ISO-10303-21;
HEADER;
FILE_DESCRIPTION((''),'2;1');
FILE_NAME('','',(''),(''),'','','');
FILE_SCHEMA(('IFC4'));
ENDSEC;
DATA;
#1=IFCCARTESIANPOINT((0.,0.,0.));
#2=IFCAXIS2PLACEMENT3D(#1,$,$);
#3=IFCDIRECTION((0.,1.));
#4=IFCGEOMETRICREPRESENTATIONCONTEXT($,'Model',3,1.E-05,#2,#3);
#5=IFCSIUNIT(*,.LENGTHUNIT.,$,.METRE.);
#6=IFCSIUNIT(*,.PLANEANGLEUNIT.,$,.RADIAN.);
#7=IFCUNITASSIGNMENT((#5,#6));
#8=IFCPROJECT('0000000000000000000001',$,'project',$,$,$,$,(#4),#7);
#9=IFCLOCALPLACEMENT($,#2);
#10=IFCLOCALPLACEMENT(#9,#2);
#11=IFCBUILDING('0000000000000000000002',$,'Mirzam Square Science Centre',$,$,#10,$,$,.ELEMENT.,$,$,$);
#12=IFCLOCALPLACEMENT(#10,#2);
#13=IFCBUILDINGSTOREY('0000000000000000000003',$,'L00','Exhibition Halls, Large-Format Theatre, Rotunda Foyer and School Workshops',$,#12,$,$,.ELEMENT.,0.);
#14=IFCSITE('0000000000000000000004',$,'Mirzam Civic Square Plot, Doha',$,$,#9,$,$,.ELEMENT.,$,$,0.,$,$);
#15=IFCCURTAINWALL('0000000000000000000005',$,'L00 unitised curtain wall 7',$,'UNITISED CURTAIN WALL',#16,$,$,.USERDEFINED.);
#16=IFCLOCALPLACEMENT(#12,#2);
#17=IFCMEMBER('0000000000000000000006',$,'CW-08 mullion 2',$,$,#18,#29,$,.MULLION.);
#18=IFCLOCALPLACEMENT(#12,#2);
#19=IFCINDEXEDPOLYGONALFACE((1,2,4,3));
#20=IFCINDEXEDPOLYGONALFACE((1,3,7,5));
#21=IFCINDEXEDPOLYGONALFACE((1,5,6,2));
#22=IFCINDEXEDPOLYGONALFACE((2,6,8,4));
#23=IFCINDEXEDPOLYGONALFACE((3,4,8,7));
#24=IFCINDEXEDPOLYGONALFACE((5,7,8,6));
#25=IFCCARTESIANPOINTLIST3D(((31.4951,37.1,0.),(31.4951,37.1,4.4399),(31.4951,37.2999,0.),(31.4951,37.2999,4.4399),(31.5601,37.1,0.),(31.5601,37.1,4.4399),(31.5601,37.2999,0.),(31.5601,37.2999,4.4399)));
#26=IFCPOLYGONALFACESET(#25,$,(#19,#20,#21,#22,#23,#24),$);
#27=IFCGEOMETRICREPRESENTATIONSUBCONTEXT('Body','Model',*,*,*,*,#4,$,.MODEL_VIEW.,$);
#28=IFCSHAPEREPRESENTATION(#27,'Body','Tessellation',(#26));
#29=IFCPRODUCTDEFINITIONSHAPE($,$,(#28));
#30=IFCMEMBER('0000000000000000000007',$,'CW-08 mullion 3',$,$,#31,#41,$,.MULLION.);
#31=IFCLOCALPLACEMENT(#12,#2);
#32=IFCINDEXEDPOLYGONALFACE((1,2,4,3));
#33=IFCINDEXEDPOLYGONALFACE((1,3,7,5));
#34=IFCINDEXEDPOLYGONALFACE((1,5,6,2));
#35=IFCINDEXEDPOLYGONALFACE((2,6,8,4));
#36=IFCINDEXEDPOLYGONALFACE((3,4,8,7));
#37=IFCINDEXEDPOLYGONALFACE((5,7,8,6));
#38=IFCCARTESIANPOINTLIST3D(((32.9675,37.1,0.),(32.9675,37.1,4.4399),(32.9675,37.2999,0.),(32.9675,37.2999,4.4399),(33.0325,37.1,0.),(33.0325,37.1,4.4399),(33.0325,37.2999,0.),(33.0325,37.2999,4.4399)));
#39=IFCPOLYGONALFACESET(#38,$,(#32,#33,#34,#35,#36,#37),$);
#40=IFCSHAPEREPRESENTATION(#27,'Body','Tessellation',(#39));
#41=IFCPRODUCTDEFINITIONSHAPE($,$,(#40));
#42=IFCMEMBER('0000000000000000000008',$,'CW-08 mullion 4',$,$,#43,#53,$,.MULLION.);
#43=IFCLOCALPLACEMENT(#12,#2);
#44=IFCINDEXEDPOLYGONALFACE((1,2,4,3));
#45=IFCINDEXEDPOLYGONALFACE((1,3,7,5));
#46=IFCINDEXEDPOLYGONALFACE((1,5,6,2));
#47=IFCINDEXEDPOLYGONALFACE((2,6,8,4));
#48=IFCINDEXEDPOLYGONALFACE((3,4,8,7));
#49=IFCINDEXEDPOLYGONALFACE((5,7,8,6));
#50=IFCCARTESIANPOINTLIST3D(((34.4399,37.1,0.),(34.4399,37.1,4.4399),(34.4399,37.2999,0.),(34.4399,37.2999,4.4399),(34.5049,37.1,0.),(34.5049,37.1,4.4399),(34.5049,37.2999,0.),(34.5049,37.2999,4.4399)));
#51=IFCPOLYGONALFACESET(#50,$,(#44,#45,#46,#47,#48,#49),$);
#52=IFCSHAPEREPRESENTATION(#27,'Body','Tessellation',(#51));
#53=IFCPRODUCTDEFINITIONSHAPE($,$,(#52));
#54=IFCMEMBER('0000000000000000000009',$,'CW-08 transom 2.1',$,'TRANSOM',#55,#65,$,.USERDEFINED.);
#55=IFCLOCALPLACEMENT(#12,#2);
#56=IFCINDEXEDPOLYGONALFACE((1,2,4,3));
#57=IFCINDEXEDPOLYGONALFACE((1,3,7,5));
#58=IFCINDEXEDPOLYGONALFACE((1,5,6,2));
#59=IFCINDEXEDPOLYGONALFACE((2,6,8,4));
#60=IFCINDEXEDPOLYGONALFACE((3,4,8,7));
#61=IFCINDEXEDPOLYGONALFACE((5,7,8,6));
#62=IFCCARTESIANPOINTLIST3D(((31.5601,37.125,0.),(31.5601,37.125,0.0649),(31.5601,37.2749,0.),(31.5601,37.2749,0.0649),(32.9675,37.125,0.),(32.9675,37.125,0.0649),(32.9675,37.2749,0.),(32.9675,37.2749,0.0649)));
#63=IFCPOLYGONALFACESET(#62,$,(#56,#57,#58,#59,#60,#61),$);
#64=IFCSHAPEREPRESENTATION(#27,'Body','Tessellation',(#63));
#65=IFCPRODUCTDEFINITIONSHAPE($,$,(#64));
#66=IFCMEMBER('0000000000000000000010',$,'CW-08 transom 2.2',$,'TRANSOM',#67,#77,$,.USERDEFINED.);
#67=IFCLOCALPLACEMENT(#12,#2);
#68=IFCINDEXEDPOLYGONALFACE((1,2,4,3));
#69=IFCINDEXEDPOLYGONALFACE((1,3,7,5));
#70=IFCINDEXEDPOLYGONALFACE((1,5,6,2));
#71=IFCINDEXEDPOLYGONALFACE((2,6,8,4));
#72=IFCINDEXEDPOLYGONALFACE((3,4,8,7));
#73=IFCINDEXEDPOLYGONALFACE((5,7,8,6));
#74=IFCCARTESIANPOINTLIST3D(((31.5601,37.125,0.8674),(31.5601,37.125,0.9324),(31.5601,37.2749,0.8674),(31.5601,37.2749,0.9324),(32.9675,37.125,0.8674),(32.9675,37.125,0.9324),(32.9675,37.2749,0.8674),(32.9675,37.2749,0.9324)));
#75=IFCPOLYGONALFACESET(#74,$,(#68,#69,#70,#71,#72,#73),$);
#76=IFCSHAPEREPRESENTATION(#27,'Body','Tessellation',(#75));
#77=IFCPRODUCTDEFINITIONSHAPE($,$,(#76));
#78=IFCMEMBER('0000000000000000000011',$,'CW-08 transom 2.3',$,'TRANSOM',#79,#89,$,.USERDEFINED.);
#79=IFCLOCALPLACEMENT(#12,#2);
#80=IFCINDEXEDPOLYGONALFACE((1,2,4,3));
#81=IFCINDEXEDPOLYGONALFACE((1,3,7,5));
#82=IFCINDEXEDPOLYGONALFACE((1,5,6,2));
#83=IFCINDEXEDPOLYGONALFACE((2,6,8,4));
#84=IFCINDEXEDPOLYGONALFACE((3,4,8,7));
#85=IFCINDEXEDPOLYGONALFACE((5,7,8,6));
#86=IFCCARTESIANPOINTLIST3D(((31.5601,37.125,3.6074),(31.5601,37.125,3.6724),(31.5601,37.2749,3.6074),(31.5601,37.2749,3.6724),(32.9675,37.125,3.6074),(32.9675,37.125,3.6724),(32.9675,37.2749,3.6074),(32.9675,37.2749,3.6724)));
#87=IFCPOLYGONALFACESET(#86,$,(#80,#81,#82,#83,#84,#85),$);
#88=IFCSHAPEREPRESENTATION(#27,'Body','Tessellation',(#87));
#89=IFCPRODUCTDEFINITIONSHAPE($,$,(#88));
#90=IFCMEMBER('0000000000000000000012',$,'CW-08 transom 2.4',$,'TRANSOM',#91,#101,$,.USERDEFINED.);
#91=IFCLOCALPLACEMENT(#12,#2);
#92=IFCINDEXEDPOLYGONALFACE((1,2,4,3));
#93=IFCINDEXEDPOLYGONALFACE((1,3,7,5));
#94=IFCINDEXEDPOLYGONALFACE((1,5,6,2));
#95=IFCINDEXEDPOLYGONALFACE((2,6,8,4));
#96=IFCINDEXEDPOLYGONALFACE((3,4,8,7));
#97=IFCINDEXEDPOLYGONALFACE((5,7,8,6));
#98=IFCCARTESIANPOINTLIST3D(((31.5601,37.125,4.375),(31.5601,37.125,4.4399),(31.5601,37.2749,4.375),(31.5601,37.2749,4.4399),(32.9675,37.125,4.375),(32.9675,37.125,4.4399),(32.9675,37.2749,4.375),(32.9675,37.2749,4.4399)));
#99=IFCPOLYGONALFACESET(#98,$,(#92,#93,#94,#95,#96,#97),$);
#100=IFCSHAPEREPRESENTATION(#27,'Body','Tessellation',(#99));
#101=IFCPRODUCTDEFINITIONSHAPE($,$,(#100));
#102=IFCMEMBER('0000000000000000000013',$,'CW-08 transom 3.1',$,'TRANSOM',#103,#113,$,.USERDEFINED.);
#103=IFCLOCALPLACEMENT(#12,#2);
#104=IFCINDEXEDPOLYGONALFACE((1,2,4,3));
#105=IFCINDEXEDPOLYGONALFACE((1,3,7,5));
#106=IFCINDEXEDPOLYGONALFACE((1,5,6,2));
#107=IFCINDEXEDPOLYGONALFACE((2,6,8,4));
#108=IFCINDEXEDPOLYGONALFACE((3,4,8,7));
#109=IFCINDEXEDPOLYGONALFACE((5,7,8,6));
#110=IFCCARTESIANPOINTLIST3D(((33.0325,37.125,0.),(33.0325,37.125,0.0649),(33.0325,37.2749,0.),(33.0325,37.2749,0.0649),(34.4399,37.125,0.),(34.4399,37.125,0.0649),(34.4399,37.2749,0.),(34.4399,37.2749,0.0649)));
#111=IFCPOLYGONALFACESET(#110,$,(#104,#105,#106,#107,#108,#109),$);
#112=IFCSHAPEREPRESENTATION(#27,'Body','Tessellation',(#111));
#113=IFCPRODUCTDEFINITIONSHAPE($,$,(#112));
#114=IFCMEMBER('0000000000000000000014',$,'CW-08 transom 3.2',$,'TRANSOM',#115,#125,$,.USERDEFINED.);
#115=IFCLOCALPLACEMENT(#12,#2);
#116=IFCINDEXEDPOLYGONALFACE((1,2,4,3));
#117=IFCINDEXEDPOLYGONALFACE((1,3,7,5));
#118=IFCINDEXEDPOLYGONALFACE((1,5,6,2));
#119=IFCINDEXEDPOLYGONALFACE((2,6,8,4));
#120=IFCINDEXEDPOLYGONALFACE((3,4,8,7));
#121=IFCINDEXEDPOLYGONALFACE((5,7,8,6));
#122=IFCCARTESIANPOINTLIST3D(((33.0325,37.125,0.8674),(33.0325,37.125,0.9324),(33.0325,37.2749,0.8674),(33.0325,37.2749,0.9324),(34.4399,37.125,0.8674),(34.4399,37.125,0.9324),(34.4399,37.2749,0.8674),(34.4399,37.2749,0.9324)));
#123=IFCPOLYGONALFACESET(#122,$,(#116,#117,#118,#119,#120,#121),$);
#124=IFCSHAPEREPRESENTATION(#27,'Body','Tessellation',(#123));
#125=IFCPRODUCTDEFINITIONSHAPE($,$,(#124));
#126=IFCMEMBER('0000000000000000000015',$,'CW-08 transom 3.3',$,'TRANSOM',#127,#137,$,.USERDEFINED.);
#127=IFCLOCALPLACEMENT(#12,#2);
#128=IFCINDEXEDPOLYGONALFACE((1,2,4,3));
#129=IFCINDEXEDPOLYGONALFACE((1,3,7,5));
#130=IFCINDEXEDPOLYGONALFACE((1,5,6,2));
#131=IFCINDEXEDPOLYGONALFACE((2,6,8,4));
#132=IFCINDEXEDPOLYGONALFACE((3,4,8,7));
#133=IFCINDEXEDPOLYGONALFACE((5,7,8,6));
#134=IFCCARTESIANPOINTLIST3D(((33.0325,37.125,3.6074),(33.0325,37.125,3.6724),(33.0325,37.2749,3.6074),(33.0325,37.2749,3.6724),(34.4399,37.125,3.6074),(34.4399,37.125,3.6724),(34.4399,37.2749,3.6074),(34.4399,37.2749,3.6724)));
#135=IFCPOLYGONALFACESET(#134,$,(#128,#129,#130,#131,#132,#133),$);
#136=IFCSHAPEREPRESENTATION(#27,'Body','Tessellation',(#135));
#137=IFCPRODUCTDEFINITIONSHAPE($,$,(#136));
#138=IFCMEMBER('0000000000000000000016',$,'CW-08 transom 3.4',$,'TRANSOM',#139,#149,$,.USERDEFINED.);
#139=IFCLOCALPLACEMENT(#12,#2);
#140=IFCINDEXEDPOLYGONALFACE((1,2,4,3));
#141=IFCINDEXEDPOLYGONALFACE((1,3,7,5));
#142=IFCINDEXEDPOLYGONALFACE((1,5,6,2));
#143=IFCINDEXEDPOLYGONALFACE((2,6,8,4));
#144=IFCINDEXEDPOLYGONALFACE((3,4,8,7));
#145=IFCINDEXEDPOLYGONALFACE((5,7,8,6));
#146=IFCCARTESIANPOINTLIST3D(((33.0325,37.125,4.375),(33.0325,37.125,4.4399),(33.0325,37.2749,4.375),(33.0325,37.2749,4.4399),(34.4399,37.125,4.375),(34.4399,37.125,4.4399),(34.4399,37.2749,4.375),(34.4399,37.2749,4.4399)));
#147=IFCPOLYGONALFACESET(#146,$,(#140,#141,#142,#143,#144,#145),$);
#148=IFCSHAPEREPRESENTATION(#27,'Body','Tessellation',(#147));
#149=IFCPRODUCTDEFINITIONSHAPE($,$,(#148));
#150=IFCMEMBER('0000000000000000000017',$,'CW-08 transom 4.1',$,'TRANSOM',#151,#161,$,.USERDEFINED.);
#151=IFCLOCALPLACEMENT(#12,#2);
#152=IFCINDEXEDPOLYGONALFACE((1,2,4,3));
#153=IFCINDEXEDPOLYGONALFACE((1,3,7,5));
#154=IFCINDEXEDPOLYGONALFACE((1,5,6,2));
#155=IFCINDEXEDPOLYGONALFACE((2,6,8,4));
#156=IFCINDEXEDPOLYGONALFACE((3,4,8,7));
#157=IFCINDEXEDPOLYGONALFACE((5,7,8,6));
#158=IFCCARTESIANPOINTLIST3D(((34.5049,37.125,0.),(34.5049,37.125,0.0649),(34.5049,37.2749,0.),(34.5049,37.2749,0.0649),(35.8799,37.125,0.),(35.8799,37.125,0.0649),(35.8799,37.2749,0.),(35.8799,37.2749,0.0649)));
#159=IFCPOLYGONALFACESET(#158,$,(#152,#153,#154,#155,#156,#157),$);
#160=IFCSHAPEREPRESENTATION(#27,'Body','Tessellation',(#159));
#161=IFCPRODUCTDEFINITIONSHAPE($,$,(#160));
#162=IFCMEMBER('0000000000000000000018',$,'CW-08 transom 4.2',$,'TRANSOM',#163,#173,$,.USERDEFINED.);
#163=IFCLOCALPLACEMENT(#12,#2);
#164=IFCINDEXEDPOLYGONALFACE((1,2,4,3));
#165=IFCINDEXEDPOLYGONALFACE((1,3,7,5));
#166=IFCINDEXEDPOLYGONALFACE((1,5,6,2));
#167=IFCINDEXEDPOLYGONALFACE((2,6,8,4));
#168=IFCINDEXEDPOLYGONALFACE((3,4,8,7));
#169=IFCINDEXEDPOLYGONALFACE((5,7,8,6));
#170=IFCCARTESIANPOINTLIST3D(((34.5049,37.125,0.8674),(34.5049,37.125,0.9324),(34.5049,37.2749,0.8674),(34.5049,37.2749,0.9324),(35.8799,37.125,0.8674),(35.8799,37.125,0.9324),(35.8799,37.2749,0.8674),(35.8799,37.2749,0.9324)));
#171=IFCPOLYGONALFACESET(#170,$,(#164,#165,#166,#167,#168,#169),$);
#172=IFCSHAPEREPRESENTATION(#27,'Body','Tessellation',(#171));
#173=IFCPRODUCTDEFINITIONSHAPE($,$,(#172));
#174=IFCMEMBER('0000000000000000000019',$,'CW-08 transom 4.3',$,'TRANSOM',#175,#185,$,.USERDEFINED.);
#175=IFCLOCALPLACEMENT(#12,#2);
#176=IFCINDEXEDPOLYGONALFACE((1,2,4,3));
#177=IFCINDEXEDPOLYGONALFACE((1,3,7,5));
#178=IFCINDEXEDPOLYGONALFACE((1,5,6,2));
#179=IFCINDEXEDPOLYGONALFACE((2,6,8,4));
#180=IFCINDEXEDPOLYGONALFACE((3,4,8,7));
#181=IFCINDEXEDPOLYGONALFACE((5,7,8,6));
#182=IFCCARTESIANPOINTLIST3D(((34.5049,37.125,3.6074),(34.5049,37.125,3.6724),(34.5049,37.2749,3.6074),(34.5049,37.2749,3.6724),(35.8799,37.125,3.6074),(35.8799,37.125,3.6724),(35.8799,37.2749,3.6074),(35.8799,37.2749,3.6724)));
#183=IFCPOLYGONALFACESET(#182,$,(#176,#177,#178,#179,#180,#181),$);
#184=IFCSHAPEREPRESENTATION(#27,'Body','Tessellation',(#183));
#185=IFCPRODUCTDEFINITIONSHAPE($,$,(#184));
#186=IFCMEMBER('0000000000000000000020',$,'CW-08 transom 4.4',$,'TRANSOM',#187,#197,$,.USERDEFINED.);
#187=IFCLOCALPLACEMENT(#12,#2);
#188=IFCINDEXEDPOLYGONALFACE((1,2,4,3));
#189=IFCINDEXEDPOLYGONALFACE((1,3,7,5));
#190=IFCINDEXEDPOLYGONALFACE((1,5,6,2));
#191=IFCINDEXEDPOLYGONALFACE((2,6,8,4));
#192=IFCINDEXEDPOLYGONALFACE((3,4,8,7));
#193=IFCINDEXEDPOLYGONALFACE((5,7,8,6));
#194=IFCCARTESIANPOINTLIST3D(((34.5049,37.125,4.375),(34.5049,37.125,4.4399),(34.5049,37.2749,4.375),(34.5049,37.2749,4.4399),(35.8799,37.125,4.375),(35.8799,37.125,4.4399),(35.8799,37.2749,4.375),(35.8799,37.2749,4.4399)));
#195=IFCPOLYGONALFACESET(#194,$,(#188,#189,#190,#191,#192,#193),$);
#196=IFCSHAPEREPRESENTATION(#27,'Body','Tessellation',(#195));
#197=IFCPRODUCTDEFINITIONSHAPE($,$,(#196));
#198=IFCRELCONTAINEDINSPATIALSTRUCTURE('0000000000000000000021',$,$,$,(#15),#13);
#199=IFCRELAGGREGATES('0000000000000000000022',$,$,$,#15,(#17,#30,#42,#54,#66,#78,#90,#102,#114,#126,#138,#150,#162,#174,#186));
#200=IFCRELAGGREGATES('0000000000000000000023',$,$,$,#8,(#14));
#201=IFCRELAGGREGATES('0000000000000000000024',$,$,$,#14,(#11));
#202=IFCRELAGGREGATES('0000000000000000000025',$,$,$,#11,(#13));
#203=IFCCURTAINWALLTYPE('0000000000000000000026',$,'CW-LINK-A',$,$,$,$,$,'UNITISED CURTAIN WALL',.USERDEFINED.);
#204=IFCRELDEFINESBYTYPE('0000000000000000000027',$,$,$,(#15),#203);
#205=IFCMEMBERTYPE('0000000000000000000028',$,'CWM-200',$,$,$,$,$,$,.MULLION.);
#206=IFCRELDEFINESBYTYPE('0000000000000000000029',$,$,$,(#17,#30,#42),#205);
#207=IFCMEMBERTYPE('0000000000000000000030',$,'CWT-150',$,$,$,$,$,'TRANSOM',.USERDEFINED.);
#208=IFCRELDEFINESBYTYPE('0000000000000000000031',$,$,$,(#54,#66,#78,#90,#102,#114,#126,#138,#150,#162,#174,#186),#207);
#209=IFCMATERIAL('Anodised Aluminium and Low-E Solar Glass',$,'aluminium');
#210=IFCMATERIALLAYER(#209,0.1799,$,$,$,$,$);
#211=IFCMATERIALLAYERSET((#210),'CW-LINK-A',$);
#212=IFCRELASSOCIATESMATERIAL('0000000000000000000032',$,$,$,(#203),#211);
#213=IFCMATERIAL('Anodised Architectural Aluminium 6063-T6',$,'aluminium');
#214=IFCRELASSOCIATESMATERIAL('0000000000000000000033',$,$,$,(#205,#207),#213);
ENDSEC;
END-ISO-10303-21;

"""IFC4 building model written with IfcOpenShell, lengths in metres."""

from ifc_helpers import new_model, si_unit, direction, frame, origin, origin_2d, place, context, subcontext, project, spatial, rectangle, extrude, material, layer, layer_set, material_profile, profile_set, type_object, element, aggregate, save


model = new_model("IFC4")

# Units and contexts
model_context = context("Model", 3, precision=1e-05, world=origin(), true_north=direction((0.0, 1.0)))
body_context = subcontext(model_context, "Body", "Model", "MODEL_VIEW")
ifc_project = project(units=[si_unit("LENGTHUNIT", "METRE"), si_unit("PLANEANGLEUNIT", "RADIAN")], contexts=[model_context])

# Site, building, storey
site_placement = place(None, origin())
site = spatial("IfcSite", under=ifc_project, at=site_placement, Name="Mirzam Civic Square Plot, Doha", CompositionType="ELEMENT", RefElevation=0.0)
building_placement = place(site_placement, origin())
building = spatial("IfcBuilding", under=site, at=building_placement, Name="Mirzam Square Science Centre", CompositionType="ELEMENT")
storey_placement = place(building_placement, origin())
storey = spatial("IfcBuildingStorey", under=building, at=storey_placement, Name="L00", Description="Exhibition Halls, Large-Format Theatre, Rotunda Foyer and School Workshops", CompositionType="ELEMENT", Elevation=0.0)

# Curtain wall, members
ifc_material_1 = material(Name="Anodised Aluminium and Low-E Solar Glass", Category="aluminium")
ifc_layer_1 = layer(ifc_material_1, 0.1799)
ifc_layer_set_1 = layer_set([ifc_layer_1], Name="CW-LINK-A")
curtain_wall_type = type_object("IfcCurtainWallType", Name="CW-LINK-A", ElementType="UNITISED CURTAIN WALL", PredefinedType="USERDEFINED", material=ifc_layer_set_1)
curtain_wall_placement = place(storey_placement, origin())
curtain_wall = element("IfcCurtainWall", 1, at=curtain_wall_placement, inside=storey, type_object=curtain_wall_type, Name="L00 unitised curtain wall 7", ObjectType="UNITISED CURTAIN WALL", PredefinedType="USERDEFINED")
ifc_material_2 = material(Name="Anodised Architectural Aluminium 6063-T6", Category="aluminium")
ifc_material_profile_1 = material_profile(ifc_material_2, rectangle(XDim=0.0649, YDim=0.2, at=origin_2d()), Name="ALU-MULL-200x65x5")
ifc_profile_set_1 = profile_set([ifc_material_profile_1], Name="Anodised Architectural Aluminium 6063-T6")
member_type_1 = type_object("IfcMemberType", Name="CWM-200", PredefinedType="MULLION", material=ifc_profile_set_1)
member_1_placement = place(storey_placement, frame((31.5276, 37.2, 0.0), z_axis=(0.0, 0.0, 1.0), x_axis=(1.0, 0.0, 0.0)))
member_1 = element("IfcMember", 2, at=member_1_placement, type_object=member_type_1, Name="CW-08 mullion 2", PredefinedType="MULLION", context=body_context, shape_type="SweptSolid", body=[
    extrude(rectangle(XDim=0.0649, YDim=0.2, at=origin_2d()), origin(), (0.0, 0.0, 1.0), 4.4399),
])
member_2_placement = place(storey_placement, frame((33.0, 37.2, 0.0), z_axis=(0.0, 0.0, 1.0), x_axis=(1.0, 0.0, 0.0)))
member_2 = element("IfcMember", 3, at=member_2_placement, type_object=member_type_1, Name="CW-08 mullion 3", PredefinedType="MULLION", context=body_context, shape_type="SweptSolid", body=[
    extrude(rectangle(XDim=0.0649, YDim=0.2, at=origin_2d()), origin(), (0.0, 0.0, 1.0), 4.4399),
])
member_3_placement = place(storey_placement, frame((34.4724, 37.2, 0.0), z_axis=(0.0, 0.0, 1.0), x_axis=(1.0, 0.0, 0.0)))
member_3 = element("IfcMember", 4, at=member_3_placement, type_object=member_type_1, Name="CW-08 mullion 4", PredefinedType="MULLION", context=body_context, shape_type="SweptSolid", body=[
    extrude(rectangle(XDim=0.0649, YDim=0.2, at=origin_2d()), origin(), (0.0, 0.0, 1.0), 4.4399),
])
ifc_material_profile_2 = material_profile(ifc_material_2, rectangle(XDim=0.1499, YDim=0.0649, at=origin_2d()), Name="ALU-TRAN-150x65x4")
ifc_profile_set_2 = profile_set([ifc_material_profile_2], Name="Anodised Architectural Aluminium 6063-T6")
member_type_2 = type_object("IfcMemberType", Name="CWT-150", ElementType="TRANSOM", PredefinedType="USERDEFINED", material=ifc_profile_set_2)
member_4_placement = place(storey_placement, frame((31.5601, 37.2, 0.0325), z_axis=(1.0, 0.0, 0.0), x_axis=(0.0, 1.0, 0.0)))
member_4 = element("IfcMember", 5, at=member_4_placement, type_object=member_type_2, Name="CW-08 transom 2.1", ObjectType="TRANSOM", PredefinedType="USERDEFINED", context=body_context, shape_type="SweptSolid", body=[
    extrude(rectangle(XDim=0.1499, YDim=0.0649, at=origin_2d()), origin(), (0.0, 0.0, 1.0), 1.4075),
])
member_5_placement = place(storey_placement, frame((31.5601, 37.2, 0.8999), z_axis=(1.0, 0.0, 0.0), x_axis=(0.0, 1.0, 0.0)))
member_5 = element("IfcMember", 6, at=member_5_placement, type_object=member_type_2, Name="CW-08 transom 2.2", ObjectType="TRANSOM", PredefinedType="USERDEFINED", context=body_context, shape_type="SweptSolid", body=[
    extrude(rectangle(XDim=0.1499, YDim=0.0649, at=origin_2d()), origin(), (0.0, 0.0, 1.0), 1.4075),
])
member_6_placement = place(storey_placement, frame((31.5601, 37.2, 3.6399), z_axis=(1.0, 0.0, 0.0), x_axis=(0.0, 1.0, 0.0)))
member_6 = element("IfcMember", 7, at=member_6_placement, type_object=member_type_2, Name="CW-08 transom 2.3", ObjectType="TRANSOM", PredefinedType="USERDEFINED", context=body_context, shape_type="SweptSolid", body=[
    extrude(rectangle(XDim=0.1499, YDim=0.0649, at=origin_2d()), origin(), (0.0, 0.0, 1.0), 1.4075),
])
member_7_placement = place(storey_placement, frame((31.5601, 37.2, 4.4075), z_axis=(1.0, 0.0, 0.0), x_axis=(0.0, 1.0, 0.0)))
member_7 = element("IfcMember", 8, at=member_7_placement, type_object=member_type_2, Name="CW-08 transom 2.4", ObjectType="TRANSOM", PredefinedType="USERDEFINED", context=body_context, shape_type="SweptSolid", body=[
    extrude(rectangle(XDim=0.1499, YDim=0.0649, at=origin_2d()), origin(), (0.0, 0.0, 1.0), 1.4075),
])
member_8_placement = place(storey_placement, frame((33.0325, 37.2, 0.0325), z_axis=(1.0, 0.0, 0.0), x_axis=(0.0, 1.0, 0.0)))
member_8 = element("IfcMember", 9, at=member_8_placement, type_object=member_type_2, Name="CW-08 transom 3.1", ObjectType="TRANSOM", PredefinedType="USERDEFINED", context=body_context, shape_type="SweptSolid", body=[
    extrude(rectangle(XDim=0.1499, YDim=0.0649, at=origin_2d()), origin(), (0.0, 0.0, 1.0), 1.4075),
])
member_9_placement = place(storey_placement, frame((33.0325, 37.2, 0.8999), z_axis=(1.0, 0.0, 0.0), x_axis=(0.0, 1.0, 0.0)))
member_9 = element("IfcMember", 10, at=member_9_placement, type_object=member_type_2, Name="CW-08 transom 3.2", ObjectType="TRANSOM", PredefinedType="USERDEFINED", context=body_context, shape_type="SweptSolid", body=[
    extrude(rectangle(XDim=0.1499, YDim=0.0649, at=origin_2d()), origin(), (0.0, 0.0, 1.0), 1.4075),
])
member_10_placement = place(storey_placement, frame((33.0325, 37.2, 3.6399), z_axis=(1.0, 0.0, 0.0), x_axis=(0.0, 1.0, 0.0)))
member_10 = element("IfcMember", 11, at=member_10_placement, type_object=member_type_2, Name="CW-08 transom 3.3", ObjectType="TRANSOM", PredefinedType="USERDEFINED", context=body_context, shape_type="SweptSolid", body=[
    extrude(rectangle(XDim=0.1499, YDim=0.0649, at=origin_2d()), origin(), (0.0, 0.0, 1.0), 1.4075),
])
member_11_placement = place(storey_placement, frame((33.0325, 37.2, 4.4075), z_axis=(1.0, 0.0, 0.0), x_axis=(0.0, 1.0, 0.0)))
member_11 = element("IfcMember", 12, at=member_11_placement, type_object=member_type_2, Name="CW-08 transom 3.4", ObjectType="TRANSOM", PredefinedType="USERDEFINED", context=body_context, shape_type="SweptSolid", body=[
    extrude(rectangle(XDim=0.1499, YDim=0.0649, at=origin_2d()), origin(), (0.0, 0.0, 1.0), 1.4075),
])
member_12_placement = place(storey_placement, frame((34.5049, 37.2, 0.0325), z_axis=(1.0, 0.0, 0.0), x_axis=(0.0, 1.0, 0.0)))
member_12 = element("IfcMember", 13, at=member_12_placement, type_object=member_type_2, Name="CW-08 transom 4.1", ObjectType="TRANSOM", PredefinedType="USERDEFINED", context=body_context, shape_type="SweptSolid", body=[
    extrude(rectangle(XDim=0.1499, YDim=0.0649, at=origin_2d()), origin(), (0.0, 0.0, 1.0), 1.375),
])
member_13_placement = place(storey_placement, frame((34.5049, 37.2, 0.8999), z_axis=(1.0, 0.0, 0.0), x_axis=(0.0, 1.0, 0.0)))
member_13 = element("IfcMember", 14, at=member_13_placement, type_object=member_type_2, Name="CW-08 transom 4.2", ObjectType="TRANSOM", PredefinedType="USERDEFINED", context=body_context, shape_type="SweptSolid", body=[
    extrude(rectangle(XDim=0.1499, YDim=0.0649, at=origin_2d()), origin(), (0.0, 0.0, 1.0), 1.375),
])
member_14_placement = place(storey_placement, frame((34.5049, 37.2, 3.6399), z_axis=(1.0, 0.0, 0.0), x_axis=(0.0, 1.0, 0.0)))
member_14 = element("IfcMember", 15, at=member_14_placement, type_object=member_type_2, Name="CW-08 transom 4.3", ObjectType="TRANSOM", PredefinedType="USERDEFINED", context=body_context, shape_type="SweptSolid", body=[
    extrude(rectangle(XDim=0.1499, YDim=0.0649, at=origin_2d()), origin(), (0.0, 0.0, 1.0), 1.375),
])
member_15_placement = place(storey_placement, frame((34.5049, 37.2, 4.4075), z_axis=(1.0, 0.0, 0.0), x_axis=(0.0, 1.0, 0.0)))
member_15 = element("IfcMember", 16, at=member_15_placement, type_object=member_type_2, Name="CW-08 transom 4.4", ObjectType="TRANSOM", PredefinedType="USERDEFINED", context=body_context, shape_type="SweptSolid", body=[
    extrude(rectangle(XDim=0.1499, YDim=0.0649, at=origin_2d()), origin(), (0.0, 0.0, 1.0), 1.375),
])
aggregate(curtain_wall, [member_1, member_2, member_3, member_4, member_5, member_6, member_7, member_8, member_9, member_10, member_11, member_12, member_13, member_14, member_15])

save(model, "model.ifc")
